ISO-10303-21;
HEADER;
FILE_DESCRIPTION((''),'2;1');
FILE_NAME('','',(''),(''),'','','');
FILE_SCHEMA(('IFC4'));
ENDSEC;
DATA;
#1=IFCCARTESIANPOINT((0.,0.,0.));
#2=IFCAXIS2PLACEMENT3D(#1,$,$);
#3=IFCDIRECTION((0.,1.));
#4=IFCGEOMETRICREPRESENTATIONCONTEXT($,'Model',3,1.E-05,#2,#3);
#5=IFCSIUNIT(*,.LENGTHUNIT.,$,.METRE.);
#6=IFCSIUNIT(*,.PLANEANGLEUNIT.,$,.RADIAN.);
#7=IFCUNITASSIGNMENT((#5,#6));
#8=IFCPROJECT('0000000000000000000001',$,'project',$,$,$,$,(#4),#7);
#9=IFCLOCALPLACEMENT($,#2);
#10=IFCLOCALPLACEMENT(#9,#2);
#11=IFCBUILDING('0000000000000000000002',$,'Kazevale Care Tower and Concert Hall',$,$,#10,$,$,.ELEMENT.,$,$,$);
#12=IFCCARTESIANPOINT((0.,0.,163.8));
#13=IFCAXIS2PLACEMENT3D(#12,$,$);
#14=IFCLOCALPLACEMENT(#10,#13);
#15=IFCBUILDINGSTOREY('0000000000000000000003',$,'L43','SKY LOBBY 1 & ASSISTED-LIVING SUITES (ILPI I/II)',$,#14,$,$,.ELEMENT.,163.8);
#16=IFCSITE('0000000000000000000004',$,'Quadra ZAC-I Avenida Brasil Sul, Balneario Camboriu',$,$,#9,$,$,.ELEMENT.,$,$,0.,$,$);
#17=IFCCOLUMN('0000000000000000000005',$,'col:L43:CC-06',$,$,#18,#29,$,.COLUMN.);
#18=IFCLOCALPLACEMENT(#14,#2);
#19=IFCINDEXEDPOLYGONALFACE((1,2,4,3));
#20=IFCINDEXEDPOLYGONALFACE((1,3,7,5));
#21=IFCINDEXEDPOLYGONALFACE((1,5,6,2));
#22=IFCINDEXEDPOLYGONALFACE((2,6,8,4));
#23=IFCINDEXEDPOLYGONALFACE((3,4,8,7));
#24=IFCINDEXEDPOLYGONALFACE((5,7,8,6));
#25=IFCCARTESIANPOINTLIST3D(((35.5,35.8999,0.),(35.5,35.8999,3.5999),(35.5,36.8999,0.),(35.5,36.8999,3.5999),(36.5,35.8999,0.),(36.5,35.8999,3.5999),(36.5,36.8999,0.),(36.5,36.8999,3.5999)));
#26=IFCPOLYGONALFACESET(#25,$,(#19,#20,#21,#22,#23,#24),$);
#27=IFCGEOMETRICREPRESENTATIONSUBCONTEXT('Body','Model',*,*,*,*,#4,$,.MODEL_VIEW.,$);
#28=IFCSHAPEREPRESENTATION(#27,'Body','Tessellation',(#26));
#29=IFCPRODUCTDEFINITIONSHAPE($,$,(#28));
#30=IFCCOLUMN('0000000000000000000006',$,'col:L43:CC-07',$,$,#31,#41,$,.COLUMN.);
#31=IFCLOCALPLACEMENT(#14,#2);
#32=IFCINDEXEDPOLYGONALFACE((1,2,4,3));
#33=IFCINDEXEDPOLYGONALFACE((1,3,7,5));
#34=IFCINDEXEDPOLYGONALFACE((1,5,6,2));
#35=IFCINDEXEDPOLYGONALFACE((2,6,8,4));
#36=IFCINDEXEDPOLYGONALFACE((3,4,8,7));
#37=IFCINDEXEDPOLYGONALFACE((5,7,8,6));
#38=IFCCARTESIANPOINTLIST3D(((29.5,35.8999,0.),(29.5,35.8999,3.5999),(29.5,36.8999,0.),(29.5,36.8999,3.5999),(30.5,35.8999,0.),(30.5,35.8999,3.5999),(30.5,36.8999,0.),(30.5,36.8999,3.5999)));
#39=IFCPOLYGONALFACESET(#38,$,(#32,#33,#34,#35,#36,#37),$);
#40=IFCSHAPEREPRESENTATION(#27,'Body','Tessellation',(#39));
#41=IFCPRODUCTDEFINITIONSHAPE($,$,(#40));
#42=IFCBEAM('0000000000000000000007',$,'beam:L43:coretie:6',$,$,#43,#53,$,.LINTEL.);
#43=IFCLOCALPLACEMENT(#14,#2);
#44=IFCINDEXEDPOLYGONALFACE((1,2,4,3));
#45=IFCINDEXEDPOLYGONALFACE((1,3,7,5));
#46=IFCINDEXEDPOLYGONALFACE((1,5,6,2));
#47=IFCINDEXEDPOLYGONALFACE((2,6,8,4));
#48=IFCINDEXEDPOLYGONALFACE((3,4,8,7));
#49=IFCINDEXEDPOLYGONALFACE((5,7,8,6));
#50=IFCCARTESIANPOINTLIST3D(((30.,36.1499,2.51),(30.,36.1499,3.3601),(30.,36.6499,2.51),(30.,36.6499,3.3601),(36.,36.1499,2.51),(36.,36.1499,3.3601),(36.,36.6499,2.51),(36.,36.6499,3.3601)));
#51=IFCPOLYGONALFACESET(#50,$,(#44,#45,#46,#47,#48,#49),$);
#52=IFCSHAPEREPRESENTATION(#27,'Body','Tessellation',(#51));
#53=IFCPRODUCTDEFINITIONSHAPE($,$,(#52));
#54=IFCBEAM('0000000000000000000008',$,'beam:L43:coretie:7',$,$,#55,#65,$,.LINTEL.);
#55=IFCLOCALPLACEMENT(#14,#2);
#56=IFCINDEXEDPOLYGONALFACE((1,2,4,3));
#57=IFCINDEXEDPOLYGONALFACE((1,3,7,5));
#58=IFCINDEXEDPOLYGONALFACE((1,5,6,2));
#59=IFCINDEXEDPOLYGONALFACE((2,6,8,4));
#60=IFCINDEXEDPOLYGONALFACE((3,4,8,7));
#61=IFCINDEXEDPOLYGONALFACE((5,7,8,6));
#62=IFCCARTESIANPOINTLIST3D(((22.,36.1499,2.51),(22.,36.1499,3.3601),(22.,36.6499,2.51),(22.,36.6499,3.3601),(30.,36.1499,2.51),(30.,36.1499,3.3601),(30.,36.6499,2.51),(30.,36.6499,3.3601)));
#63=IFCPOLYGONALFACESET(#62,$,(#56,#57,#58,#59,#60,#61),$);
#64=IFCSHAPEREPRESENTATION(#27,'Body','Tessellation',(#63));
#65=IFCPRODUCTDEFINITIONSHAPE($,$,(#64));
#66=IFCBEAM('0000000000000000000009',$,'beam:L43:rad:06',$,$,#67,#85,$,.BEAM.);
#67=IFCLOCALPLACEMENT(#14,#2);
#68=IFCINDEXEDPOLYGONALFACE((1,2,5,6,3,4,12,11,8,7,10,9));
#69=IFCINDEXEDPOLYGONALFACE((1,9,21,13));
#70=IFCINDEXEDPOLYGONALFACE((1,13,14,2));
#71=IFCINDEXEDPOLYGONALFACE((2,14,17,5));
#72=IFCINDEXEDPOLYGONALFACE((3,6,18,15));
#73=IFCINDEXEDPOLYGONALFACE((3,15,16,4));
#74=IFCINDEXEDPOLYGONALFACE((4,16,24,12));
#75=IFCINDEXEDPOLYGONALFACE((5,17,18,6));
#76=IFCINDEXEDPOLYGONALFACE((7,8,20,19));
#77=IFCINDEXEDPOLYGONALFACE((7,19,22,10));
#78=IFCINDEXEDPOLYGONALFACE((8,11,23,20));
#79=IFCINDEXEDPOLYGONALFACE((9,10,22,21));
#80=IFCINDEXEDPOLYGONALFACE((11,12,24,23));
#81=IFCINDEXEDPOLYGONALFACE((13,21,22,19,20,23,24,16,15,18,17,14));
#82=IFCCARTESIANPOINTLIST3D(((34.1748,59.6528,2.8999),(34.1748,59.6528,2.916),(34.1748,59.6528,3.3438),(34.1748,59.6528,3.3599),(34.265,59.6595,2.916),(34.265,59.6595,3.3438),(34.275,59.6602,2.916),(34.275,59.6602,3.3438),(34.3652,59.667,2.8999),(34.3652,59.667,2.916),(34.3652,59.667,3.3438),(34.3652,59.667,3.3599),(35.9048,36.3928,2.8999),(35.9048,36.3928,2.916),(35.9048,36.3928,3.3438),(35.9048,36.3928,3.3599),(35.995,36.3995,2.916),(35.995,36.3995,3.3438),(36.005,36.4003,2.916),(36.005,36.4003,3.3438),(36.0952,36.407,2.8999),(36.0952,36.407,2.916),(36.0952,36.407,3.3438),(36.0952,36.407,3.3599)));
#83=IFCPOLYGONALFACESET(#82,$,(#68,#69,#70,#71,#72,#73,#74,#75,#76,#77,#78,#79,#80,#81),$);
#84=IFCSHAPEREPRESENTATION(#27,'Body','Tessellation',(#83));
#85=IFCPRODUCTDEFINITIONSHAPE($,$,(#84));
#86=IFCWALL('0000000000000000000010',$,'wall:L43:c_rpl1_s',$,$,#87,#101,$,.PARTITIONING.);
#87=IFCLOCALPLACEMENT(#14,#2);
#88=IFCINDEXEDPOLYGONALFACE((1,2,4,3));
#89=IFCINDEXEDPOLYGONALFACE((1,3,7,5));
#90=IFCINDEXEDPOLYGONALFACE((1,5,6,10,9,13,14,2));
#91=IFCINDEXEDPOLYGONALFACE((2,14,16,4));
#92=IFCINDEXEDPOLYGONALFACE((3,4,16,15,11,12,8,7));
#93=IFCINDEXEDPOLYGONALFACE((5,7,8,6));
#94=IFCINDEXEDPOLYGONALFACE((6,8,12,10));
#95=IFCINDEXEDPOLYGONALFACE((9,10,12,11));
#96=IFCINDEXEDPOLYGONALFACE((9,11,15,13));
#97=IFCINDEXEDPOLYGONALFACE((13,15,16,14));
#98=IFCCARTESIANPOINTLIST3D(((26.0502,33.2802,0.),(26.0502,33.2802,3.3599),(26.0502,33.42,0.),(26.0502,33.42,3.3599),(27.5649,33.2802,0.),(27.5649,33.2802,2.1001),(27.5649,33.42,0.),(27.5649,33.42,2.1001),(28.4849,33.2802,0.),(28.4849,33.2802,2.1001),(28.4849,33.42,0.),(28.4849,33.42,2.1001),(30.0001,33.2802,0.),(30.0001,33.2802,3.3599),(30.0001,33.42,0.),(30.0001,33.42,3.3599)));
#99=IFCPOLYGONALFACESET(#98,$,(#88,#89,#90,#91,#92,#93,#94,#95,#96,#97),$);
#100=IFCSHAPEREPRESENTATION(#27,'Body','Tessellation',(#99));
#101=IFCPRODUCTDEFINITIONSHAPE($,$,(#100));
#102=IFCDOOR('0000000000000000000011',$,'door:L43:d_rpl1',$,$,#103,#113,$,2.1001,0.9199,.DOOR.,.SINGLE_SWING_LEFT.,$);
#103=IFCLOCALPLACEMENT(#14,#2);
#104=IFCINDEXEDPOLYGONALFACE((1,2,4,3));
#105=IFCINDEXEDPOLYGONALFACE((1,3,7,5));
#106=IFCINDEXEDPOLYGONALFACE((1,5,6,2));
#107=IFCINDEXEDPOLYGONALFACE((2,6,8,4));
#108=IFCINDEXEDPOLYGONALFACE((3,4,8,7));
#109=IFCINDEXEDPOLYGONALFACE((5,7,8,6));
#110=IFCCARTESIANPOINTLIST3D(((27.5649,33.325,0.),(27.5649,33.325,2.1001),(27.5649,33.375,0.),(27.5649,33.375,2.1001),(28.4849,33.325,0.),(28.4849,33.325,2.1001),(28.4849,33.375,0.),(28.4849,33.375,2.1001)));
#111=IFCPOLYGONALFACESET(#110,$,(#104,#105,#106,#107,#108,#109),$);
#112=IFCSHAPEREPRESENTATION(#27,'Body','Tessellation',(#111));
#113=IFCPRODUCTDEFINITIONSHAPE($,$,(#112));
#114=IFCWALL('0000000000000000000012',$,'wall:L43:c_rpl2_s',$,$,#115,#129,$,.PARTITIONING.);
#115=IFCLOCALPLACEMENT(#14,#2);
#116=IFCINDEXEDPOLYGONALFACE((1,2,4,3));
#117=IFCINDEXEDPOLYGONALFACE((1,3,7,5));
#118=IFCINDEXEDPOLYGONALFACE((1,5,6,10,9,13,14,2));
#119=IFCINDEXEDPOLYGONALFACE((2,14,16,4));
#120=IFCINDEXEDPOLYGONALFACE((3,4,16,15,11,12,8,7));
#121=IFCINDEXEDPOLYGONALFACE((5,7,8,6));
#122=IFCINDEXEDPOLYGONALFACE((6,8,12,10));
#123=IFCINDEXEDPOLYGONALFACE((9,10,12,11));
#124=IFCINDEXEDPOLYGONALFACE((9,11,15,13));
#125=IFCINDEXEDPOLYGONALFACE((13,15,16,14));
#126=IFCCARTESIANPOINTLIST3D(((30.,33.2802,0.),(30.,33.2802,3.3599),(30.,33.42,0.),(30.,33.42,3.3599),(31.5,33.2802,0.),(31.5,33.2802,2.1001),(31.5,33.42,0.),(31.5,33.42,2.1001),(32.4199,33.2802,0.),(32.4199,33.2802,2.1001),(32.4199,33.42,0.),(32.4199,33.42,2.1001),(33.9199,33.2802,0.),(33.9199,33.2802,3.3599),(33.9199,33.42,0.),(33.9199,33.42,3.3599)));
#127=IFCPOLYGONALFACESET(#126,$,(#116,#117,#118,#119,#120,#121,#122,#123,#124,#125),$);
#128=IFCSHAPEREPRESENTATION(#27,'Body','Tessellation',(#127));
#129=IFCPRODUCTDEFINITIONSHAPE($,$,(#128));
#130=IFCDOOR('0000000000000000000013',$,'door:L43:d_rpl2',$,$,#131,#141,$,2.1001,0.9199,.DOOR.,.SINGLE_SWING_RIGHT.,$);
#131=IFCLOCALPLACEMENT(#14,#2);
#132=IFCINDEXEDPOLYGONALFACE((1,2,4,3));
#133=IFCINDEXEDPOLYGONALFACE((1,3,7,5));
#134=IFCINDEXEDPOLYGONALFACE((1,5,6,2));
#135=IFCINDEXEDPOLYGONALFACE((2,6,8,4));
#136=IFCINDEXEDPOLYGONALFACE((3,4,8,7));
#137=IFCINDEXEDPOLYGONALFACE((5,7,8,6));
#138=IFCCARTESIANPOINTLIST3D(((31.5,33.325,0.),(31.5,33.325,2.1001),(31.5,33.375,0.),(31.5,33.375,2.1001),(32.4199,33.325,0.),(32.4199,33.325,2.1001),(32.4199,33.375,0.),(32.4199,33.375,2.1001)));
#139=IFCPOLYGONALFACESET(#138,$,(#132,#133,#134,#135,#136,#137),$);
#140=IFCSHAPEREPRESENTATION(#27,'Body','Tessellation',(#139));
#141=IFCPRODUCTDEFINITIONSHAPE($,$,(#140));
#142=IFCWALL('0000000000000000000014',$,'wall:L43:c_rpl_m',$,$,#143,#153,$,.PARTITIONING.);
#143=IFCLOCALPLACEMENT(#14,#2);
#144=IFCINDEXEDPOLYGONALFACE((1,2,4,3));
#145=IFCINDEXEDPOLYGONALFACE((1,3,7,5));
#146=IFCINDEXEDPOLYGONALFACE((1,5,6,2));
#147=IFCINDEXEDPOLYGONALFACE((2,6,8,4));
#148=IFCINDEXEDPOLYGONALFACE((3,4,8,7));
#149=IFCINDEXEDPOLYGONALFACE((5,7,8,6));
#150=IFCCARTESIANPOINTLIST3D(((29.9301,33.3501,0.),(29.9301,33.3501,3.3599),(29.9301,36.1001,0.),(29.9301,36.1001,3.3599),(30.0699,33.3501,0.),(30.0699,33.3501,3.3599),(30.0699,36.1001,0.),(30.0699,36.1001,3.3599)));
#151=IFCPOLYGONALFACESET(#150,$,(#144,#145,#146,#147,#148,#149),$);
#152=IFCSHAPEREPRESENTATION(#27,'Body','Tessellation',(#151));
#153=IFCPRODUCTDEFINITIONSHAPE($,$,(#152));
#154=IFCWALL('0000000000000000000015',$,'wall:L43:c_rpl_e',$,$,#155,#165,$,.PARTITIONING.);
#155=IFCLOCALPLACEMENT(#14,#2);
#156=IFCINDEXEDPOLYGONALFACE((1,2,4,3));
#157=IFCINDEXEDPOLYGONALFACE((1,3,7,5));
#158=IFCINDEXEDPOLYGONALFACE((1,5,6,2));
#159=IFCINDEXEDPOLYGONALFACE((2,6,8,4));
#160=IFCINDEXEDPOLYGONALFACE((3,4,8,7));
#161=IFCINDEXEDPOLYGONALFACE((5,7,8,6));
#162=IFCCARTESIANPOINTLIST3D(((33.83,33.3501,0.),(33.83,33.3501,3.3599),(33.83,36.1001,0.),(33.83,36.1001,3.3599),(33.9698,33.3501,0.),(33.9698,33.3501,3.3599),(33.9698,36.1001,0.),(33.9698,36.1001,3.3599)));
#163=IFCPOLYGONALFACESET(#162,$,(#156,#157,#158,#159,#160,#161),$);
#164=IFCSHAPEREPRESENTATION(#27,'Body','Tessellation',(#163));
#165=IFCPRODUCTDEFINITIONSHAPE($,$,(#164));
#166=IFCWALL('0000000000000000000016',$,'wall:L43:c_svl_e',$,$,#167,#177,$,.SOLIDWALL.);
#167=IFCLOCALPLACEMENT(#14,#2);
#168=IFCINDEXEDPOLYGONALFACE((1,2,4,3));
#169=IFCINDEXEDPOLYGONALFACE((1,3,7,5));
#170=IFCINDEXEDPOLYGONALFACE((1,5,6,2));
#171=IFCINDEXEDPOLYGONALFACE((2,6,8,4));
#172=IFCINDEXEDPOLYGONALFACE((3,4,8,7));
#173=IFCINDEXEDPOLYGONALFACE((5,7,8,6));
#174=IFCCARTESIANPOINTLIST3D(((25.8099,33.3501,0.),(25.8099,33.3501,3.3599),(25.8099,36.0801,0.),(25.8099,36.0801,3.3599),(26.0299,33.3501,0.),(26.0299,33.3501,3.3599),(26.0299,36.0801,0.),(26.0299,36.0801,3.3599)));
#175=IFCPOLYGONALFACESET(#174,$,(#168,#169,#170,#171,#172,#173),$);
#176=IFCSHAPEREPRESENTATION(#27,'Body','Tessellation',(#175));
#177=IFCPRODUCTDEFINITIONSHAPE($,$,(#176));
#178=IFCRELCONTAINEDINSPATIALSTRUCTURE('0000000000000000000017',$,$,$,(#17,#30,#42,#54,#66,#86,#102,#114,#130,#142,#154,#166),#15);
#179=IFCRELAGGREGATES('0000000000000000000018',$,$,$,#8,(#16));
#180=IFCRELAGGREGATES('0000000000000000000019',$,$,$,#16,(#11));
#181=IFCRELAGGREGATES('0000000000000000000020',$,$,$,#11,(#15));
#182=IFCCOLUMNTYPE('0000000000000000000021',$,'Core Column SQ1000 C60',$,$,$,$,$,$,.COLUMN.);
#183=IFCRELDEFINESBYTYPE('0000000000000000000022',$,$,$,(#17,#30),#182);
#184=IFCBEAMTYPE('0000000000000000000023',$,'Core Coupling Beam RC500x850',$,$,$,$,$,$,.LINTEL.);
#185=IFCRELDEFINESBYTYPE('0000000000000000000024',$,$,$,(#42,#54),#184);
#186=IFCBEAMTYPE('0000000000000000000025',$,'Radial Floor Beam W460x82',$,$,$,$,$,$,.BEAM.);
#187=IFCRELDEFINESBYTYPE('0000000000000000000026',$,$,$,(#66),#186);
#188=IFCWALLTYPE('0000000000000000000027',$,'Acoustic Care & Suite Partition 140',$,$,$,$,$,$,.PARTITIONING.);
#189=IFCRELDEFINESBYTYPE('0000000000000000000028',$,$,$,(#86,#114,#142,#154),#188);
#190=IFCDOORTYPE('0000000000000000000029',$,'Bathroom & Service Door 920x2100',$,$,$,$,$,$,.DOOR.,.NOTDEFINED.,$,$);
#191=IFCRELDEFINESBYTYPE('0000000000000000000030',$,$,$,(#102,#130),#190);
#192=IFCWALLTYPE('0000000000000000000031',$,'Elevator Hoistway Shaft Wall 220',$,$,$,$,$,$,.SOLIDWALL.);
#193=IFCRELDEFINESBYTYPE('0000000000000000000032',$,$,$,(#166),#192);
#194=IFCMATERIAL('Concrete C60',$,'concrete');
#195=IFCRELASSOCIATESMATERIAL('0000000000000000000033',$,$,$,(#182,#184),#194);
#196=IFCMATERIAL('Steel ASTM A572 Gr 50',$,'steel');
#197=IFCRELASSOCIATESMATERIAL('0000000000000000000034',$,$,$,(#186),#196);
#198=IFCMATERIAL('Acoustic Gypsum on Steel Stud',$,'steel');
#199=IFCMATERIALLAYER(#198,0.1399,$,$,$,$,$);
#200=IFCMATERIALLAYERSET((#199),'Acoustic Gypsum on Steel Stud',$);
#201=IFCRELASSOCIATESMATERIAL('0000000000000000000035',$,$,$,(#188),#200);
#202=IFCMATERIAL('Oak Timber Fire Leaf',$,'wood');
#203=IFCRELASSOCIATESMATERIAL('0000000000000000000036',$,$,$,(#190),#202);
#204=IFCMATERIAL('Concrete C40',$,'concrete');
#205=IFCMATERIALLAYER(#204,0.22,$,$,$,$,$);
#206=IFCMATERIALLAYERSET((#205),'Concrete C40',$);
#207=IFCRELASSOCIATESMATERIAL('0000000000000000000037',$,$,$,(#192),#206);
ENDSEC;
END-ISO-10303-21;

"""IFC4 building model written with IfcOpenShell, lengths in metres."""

from ifc_helpers import new_model, si_unit, direction, frame, frame_2d, origin, origin_2d, place, context, subcontext, project, spatial, rectangle, i_section, extrude, material, layer, layer_set, material_profile, profile_set, type_object, element, fill, save


model = new_model("IFC4")

# Units and contexts
model_context = context("Model", 3, precision=1e-05, world=origin(), true_north=direction((0.0, 1.0)))
body_context = subcontext(model_context, "Body", "Model", "MODEL_VIEW")
ifc_project = project(units=[si_unit("LENGTHUNIT", "METRE"), si_unit("PLANEANGLEUNIT", "RADIAN")], contexts=[model_context])

# Site, building, storey
site_placement = place(None, origin())
site = spatial("IfcSite", under=ifc_project, at=site_placement, Name="Quadra ZAC-I Avenida Brasil Sul, Balneario Camboriu", CompositionType="ELEMENT", RefElevation=0.0)
building_placement = place(site_placement, origin())
building = spatial("IfcBuilding", under=site, at=building_placement, Name="Kazevale Care Tower and Concert Hall", CompositionType="ELEMENT")
storey_placement = place(building_placement, frame((0.0, 0.0, 163.8)))
storey = spatial("IfcBuildingStorey", under=building, at=storey_placement, Name="L43", Description="SKY LOBBY 1 & ASSISTED-LIVING SUITES (ILPI I/II)", CompositionType="ELEMENT", Elevation=163.8)

# Columns
ifc_material_1 = material(Name="Concrete C60", Category="concrete")
ifc_material_profile_1 = material_profile(ifc_material_1, rectangle(XDim=1.0, YDim=1.0, at=origin_2d()), Name="RC-SQ1000")
ifc_profile_set_1 = profile_set([ifc_material_profile_1], Name="Concrete C60")
column_type = type_object("IfcColumnType", Name="Core Column SQ1000 C60", PredefinedType="COLUMN", material=ifc_profile_set_1)
for number, where, z_axis, x_axis, name in (
    (1, (36.0, 36.3999, 0.0), (0.0, 0.0, 1.0), (1.0, 0.0, 0.0), "col:L43:CC-06"),
    (2, (30.0, 36.3999, 0.0), (0.0, 0.0, 1.0), (1.0, 0.0, 0.0), "col:L43:CC-07"),
):
    element("IfcColumn", number, at=place(storey_placement, frame(where, z_axis=z_axis, x_axis=x_axis)), inside=storey, type_object=column_type, Name=name, PredefinedType="COLUMN", context=body_context, shape_type="SweptSolid", body=[
        extrude(rectangle(XDim=1.0, YDim=1.0, at=origin_2d()), origin(), (0.0, 0.0, 1.0), 3.5999),
    ])

# Beams
ifc_material_profile_2 = material_profile(ifc_material_1, rectangle(XDim=0.5, YDim=0.8501, at=origin_2d()), Name="RC-B500x850")
ifc_profile_set_2 = profile_set([ifc_material_profile_2], Name="Concrete C60")
beam_type_1 = type_object("IfcBeamType", Name="Core Coupling Beam RC500x850", PredefinedType="LINTEL", material=ifc_profile_set_2)
beam_1_placement = place(storey_placement, frame((36.0, 36.3999, 2.9351), z_axis=(-1.0, 0.0, 0.0), x_axis=(0.0, -1.0, 0.0)))
element("IfcBeam", 3, at=beam_1_placement, inside=storey, type_object=beam_type_1, Name="beam:L43:coretie:6", PredefinedType="LINTEL", context=body_context, shape_type="SweptSolid", body=[
    extrude(rectangle(XDim=0.5, YDim=0.8501, at=origin_2d()), origin(), (0.0, 0.0, 1.0), 6.0),
])
beam_2_placement = place(storey_placement, frame((30.0, 36.3999, 2.9351), z_axis=(-1.0, 0.0, 0.0), x_axis=(0.0, -1.0, 0.0)))
element("IfcBeam", 4, at=beam_2_placement, inside=storey, type_object=beam_type_1, Name="beam:L43:coretie:7", PredefinedType="LINTEL", context=body_context, shape_type="SweptSolid", body=[
    extrude(rectangle(XDim=0.5, YDim=0.8501, at=origin_2d()), origin(), (0.0, 0.0, 1.0), 8.0),
])
ifc_material_2 = material(Name="Steel ASTM A572 Gr 50", Category="steel")
ifc_material_profile_3 = material_profile(ifc_material_2, i_section(OverallWidth=0.1909, OverallDepth=0.46, WebThickness=0.01, FlangeThickness=0.0161, at=origin_2d()), Name="W460x82")
ifc_profile_set_3 = profile_set([ifc_material_profile_3], Name="Steel ASTM A572 Gr 50")
beam_type_2 = type_object("IfcBeamType", Name="Radial Floor Beam W460x82", PredefinedType="BEAM", material=ifc_profile_set_3)
beam_3_placement = place(storey_placement, frame((36.0, 36.3999, 3.1299), z_axis=(-0.074171, 0.997246, 0.0), x_axis=(-0.997246, -0.074171, 0.0)))
element("IfcBeam", 5, at=beam_3_placement, inside=storey, type_object=beam_type_2, Name="beam:L43:rad:06", PredefinedType="BEAM", context=body_context, shape_type="SweptSolid", body=[
    extrude(i_section(OverallWidth=0.1909, OverallDepth=0.46, WebThickness=0.01, FlangeThickness=0.0161, at=origin_2d()), origin(), (0.0, 0.0, 1.0), 23.3242),
])

# Walls, openings, doors
ifc_material_3 = material(Name="Acoustic Gypsum on Steel Stud", Category="steel")
ifc_layer_1 = layer(ifc_material_3, 0.1399)
ifc_layer_set_1 = layer_set([ifc_layer_1], Name="Acoustic Gypsum on Steel Stud")
wall_type_1 = type_object("IfcWallType", Name="Acoustic Care & Suite Partition 140", PredefinedType="PARTITIONING", material=ifc_layer_set_1)
wall_1_placement = place(storey_placement, frame((26.05, 33.3501, 0.0), z_axis=(0.0, 0.0, 1.0), x_axis=(1.0, 0.0, 0.0)))
wall_1 = element("IfcWall", 6, at=wall_1_placement, inside=storey, type_object=wall_type_1, Name="wall:L43:c_rpl1_s", PredefinedType="PARTITIONING", context=body_context, shape_type="SweptSolid", body=[
    extrude(rectangle(XDim=3.95, YDim=0.1399, at=frame_2d((1.9751, 0.0))), origin(), (0.0, 0.0, 1.0), 3.3599),
])
opening_1_placement = place(wall_1_placement, frame((1.5149, 0.0, 0.0)))
opening_1 = element("IfcOpeningElement", 7, at=opening_1_placement, cuts=wall_1, PredefinedType="OPENING", context=body_context, shape_type="SweptSolid", body=[
    extrude(rectangle(XDim=0.9199, YDim=2.1001, at=frame_2d((0.46, 1.05))), frame((0.0, 0.0798, 0.0), z_axis=(0.0, -1.0, 0.0), x_axis=(1.0, 0.0, 0.0)), (0.0, 0.0, 1.0), 0.1599),
])
ifc_material_4 = material(Name="Oak Timber Fire Leaf", Category="wood")
door_type_1 = type_object("IfcDoorType", Name="Bathroom & Service Door 920x2100", OperationType="NOTDEFINED", PredefinedType="DOOR", material=ifc_material_4)
door_1_placement = place(opening_1_placement, origin())
door_1 = element("IfcDoor", 8, at=door_1_placement, inside=storey, type_object=door_type_1, Name="door:L43:d_rpl1", OperationType="SINGLE_SWING_LEFT", OverallHeight=2.1001, OverallWidth=0.9199, PredefinedType="DOOR", context=body_context, shape_type="SweptSolid", body=[
    extrude(rectangle(XDim=0.9199, YDim=2.1001, at=frame_2d((0.46, 1.05))), frame((0.0, 0.0249, 0.0), z_axis=(0.0, -1.0, 0.0), x_axis=(1.0, 0.0, 0.0)), (0.0, 0.0, 1.0), 0.05),
])
fill(opening_1, door_1)
wall_2_placement = place(storey_placement, frame((30.0, 33.3501, 0.0), z_axis=(0.0, 0.0, 1.0), x_axis=(1.0, 0.0, 0.0)))
wall_2 = element("IfcWall", 9, at=wall_2_placement, inside=storey, type_object=wall_type_1, Name="wall:L43:c_rpl2_s", PredefinedType="PARTITIONING", context=body_context, shape_type="SweptSolid", body=[
    extrude(rectangle(XDim=3.9199, YDim=0.1399, at=frame_2d((1.96, 0.0))), origin(), (0.0, 0.0, 1.0), 3.3599),
])
opening_2_placement = place(wall_2_placement, frame((1.5, 0.0, 0.0)))
opening_2 = element("IfcOpeningElement", 10, at=opening_2_placement, cuts=wall_2, PredefinedType="OPENING", context=body_context, shape_type="SweptSolid", body=[
    extrude(rectangle(XDim=0.9199, YDim=2.1001, at=frame_2d((0.46, 1.05))), frame((0.0, 0.0798, 0.0), z_axis=(0.0, -1.0, 0.0), x_axis=(1.0, 0.0, 0.0)), (0.0, 0.0, 1.0), 0.1599),
])
door_2_placement = place(opening_2_placement, origin())
door_2 = element("IfcDoor", 11, at=door_2_placement, inside=storey, type_object=door_type_1, Name="door:L43:d_rpl2", OperationType="SINGLE_SWING_RIGHT", OverallHeight=2.1001, OverallWidth=0.9199, PredefinedType="DOOR", context=body_context, shape_type="SweptSolid", body=[
    extrude(rectangle(XDim=0.9199, YDim=2.1001, at=frame_2d((0.46, 1.05))), frame((0.0, 0.0249, 0.0), z_axis=(0.0, -1.0, 0.0), x_axis=(1.0, 0.0, 0.0)), (0.0, 0.0, 1.0), 0.05),
])
fill(opening_2, door_2)

# Walls
for number, where, z_axis, x_axis, name in (
    (12, (30.0, 33.3501, 0.0), (0.0, 0.0, 1.0), (0.0, 1.0, 0.0), "wall:L43:c_rpl_m"),
    (13, (33.8999, 33.3501, 0.0), (0.0, 0.0, 1.0), (0.0, 1.0, 0.0), "wall:L43:c_rpl_e"),
):
    element("IfcWall", number, at=place(storey_placement, frame(where, z_axis=z_axis, x_axis=x_axis)), inside=storey, type_object=wall_type_1, Name=name, PredefinedType="PARTITIONING", context=body_context, shape_type="SweptSolid", body=[
        extrude(rectangle(XDim=2.75, YDim=0.1399, at=frame_2d((1.375, 0.0))), origin(), (0.0, 0.0, 1.0), 3.3599),
    ])
ifc_material_5 = material(Name="Concrete C40", Category="concrete")
ifc_layer_2 = layer(ifc_material_5, 0.22)
ifc_layer_set_2 = layer_set([ifc_layer_2], Name="Concrete C40")
wall_type_2 = type_object("IfcWallType", Name="Elevator Hoistway Shaft Wall 220", PredefinedType="SOLIDWALL", material=ifc_layer_set_2)
wall_3_placement = place(storey_placement, frame((25.9199, 33.3501, 0.0), z_axis=(0.0, 0.0, 1.0), x_axis=(0.0, 1.0, 0.0)))
element("IfcWall", 14, at=wall_3_placement, inside=storey, type_object=wall_type_2, Name="wall:L43:c_svl_e", PredefinedType="SOLIDWALL", context=body_context, shape_type="SweptSolid", body=[
    extrude(rectangle(XDim=2.73, YDim=0.22, at=frame_2d((1.365, 0.0))), origin(), (0.0, 0.0, 1.0), 3.3599),
])

save(model, "model.ifc")
